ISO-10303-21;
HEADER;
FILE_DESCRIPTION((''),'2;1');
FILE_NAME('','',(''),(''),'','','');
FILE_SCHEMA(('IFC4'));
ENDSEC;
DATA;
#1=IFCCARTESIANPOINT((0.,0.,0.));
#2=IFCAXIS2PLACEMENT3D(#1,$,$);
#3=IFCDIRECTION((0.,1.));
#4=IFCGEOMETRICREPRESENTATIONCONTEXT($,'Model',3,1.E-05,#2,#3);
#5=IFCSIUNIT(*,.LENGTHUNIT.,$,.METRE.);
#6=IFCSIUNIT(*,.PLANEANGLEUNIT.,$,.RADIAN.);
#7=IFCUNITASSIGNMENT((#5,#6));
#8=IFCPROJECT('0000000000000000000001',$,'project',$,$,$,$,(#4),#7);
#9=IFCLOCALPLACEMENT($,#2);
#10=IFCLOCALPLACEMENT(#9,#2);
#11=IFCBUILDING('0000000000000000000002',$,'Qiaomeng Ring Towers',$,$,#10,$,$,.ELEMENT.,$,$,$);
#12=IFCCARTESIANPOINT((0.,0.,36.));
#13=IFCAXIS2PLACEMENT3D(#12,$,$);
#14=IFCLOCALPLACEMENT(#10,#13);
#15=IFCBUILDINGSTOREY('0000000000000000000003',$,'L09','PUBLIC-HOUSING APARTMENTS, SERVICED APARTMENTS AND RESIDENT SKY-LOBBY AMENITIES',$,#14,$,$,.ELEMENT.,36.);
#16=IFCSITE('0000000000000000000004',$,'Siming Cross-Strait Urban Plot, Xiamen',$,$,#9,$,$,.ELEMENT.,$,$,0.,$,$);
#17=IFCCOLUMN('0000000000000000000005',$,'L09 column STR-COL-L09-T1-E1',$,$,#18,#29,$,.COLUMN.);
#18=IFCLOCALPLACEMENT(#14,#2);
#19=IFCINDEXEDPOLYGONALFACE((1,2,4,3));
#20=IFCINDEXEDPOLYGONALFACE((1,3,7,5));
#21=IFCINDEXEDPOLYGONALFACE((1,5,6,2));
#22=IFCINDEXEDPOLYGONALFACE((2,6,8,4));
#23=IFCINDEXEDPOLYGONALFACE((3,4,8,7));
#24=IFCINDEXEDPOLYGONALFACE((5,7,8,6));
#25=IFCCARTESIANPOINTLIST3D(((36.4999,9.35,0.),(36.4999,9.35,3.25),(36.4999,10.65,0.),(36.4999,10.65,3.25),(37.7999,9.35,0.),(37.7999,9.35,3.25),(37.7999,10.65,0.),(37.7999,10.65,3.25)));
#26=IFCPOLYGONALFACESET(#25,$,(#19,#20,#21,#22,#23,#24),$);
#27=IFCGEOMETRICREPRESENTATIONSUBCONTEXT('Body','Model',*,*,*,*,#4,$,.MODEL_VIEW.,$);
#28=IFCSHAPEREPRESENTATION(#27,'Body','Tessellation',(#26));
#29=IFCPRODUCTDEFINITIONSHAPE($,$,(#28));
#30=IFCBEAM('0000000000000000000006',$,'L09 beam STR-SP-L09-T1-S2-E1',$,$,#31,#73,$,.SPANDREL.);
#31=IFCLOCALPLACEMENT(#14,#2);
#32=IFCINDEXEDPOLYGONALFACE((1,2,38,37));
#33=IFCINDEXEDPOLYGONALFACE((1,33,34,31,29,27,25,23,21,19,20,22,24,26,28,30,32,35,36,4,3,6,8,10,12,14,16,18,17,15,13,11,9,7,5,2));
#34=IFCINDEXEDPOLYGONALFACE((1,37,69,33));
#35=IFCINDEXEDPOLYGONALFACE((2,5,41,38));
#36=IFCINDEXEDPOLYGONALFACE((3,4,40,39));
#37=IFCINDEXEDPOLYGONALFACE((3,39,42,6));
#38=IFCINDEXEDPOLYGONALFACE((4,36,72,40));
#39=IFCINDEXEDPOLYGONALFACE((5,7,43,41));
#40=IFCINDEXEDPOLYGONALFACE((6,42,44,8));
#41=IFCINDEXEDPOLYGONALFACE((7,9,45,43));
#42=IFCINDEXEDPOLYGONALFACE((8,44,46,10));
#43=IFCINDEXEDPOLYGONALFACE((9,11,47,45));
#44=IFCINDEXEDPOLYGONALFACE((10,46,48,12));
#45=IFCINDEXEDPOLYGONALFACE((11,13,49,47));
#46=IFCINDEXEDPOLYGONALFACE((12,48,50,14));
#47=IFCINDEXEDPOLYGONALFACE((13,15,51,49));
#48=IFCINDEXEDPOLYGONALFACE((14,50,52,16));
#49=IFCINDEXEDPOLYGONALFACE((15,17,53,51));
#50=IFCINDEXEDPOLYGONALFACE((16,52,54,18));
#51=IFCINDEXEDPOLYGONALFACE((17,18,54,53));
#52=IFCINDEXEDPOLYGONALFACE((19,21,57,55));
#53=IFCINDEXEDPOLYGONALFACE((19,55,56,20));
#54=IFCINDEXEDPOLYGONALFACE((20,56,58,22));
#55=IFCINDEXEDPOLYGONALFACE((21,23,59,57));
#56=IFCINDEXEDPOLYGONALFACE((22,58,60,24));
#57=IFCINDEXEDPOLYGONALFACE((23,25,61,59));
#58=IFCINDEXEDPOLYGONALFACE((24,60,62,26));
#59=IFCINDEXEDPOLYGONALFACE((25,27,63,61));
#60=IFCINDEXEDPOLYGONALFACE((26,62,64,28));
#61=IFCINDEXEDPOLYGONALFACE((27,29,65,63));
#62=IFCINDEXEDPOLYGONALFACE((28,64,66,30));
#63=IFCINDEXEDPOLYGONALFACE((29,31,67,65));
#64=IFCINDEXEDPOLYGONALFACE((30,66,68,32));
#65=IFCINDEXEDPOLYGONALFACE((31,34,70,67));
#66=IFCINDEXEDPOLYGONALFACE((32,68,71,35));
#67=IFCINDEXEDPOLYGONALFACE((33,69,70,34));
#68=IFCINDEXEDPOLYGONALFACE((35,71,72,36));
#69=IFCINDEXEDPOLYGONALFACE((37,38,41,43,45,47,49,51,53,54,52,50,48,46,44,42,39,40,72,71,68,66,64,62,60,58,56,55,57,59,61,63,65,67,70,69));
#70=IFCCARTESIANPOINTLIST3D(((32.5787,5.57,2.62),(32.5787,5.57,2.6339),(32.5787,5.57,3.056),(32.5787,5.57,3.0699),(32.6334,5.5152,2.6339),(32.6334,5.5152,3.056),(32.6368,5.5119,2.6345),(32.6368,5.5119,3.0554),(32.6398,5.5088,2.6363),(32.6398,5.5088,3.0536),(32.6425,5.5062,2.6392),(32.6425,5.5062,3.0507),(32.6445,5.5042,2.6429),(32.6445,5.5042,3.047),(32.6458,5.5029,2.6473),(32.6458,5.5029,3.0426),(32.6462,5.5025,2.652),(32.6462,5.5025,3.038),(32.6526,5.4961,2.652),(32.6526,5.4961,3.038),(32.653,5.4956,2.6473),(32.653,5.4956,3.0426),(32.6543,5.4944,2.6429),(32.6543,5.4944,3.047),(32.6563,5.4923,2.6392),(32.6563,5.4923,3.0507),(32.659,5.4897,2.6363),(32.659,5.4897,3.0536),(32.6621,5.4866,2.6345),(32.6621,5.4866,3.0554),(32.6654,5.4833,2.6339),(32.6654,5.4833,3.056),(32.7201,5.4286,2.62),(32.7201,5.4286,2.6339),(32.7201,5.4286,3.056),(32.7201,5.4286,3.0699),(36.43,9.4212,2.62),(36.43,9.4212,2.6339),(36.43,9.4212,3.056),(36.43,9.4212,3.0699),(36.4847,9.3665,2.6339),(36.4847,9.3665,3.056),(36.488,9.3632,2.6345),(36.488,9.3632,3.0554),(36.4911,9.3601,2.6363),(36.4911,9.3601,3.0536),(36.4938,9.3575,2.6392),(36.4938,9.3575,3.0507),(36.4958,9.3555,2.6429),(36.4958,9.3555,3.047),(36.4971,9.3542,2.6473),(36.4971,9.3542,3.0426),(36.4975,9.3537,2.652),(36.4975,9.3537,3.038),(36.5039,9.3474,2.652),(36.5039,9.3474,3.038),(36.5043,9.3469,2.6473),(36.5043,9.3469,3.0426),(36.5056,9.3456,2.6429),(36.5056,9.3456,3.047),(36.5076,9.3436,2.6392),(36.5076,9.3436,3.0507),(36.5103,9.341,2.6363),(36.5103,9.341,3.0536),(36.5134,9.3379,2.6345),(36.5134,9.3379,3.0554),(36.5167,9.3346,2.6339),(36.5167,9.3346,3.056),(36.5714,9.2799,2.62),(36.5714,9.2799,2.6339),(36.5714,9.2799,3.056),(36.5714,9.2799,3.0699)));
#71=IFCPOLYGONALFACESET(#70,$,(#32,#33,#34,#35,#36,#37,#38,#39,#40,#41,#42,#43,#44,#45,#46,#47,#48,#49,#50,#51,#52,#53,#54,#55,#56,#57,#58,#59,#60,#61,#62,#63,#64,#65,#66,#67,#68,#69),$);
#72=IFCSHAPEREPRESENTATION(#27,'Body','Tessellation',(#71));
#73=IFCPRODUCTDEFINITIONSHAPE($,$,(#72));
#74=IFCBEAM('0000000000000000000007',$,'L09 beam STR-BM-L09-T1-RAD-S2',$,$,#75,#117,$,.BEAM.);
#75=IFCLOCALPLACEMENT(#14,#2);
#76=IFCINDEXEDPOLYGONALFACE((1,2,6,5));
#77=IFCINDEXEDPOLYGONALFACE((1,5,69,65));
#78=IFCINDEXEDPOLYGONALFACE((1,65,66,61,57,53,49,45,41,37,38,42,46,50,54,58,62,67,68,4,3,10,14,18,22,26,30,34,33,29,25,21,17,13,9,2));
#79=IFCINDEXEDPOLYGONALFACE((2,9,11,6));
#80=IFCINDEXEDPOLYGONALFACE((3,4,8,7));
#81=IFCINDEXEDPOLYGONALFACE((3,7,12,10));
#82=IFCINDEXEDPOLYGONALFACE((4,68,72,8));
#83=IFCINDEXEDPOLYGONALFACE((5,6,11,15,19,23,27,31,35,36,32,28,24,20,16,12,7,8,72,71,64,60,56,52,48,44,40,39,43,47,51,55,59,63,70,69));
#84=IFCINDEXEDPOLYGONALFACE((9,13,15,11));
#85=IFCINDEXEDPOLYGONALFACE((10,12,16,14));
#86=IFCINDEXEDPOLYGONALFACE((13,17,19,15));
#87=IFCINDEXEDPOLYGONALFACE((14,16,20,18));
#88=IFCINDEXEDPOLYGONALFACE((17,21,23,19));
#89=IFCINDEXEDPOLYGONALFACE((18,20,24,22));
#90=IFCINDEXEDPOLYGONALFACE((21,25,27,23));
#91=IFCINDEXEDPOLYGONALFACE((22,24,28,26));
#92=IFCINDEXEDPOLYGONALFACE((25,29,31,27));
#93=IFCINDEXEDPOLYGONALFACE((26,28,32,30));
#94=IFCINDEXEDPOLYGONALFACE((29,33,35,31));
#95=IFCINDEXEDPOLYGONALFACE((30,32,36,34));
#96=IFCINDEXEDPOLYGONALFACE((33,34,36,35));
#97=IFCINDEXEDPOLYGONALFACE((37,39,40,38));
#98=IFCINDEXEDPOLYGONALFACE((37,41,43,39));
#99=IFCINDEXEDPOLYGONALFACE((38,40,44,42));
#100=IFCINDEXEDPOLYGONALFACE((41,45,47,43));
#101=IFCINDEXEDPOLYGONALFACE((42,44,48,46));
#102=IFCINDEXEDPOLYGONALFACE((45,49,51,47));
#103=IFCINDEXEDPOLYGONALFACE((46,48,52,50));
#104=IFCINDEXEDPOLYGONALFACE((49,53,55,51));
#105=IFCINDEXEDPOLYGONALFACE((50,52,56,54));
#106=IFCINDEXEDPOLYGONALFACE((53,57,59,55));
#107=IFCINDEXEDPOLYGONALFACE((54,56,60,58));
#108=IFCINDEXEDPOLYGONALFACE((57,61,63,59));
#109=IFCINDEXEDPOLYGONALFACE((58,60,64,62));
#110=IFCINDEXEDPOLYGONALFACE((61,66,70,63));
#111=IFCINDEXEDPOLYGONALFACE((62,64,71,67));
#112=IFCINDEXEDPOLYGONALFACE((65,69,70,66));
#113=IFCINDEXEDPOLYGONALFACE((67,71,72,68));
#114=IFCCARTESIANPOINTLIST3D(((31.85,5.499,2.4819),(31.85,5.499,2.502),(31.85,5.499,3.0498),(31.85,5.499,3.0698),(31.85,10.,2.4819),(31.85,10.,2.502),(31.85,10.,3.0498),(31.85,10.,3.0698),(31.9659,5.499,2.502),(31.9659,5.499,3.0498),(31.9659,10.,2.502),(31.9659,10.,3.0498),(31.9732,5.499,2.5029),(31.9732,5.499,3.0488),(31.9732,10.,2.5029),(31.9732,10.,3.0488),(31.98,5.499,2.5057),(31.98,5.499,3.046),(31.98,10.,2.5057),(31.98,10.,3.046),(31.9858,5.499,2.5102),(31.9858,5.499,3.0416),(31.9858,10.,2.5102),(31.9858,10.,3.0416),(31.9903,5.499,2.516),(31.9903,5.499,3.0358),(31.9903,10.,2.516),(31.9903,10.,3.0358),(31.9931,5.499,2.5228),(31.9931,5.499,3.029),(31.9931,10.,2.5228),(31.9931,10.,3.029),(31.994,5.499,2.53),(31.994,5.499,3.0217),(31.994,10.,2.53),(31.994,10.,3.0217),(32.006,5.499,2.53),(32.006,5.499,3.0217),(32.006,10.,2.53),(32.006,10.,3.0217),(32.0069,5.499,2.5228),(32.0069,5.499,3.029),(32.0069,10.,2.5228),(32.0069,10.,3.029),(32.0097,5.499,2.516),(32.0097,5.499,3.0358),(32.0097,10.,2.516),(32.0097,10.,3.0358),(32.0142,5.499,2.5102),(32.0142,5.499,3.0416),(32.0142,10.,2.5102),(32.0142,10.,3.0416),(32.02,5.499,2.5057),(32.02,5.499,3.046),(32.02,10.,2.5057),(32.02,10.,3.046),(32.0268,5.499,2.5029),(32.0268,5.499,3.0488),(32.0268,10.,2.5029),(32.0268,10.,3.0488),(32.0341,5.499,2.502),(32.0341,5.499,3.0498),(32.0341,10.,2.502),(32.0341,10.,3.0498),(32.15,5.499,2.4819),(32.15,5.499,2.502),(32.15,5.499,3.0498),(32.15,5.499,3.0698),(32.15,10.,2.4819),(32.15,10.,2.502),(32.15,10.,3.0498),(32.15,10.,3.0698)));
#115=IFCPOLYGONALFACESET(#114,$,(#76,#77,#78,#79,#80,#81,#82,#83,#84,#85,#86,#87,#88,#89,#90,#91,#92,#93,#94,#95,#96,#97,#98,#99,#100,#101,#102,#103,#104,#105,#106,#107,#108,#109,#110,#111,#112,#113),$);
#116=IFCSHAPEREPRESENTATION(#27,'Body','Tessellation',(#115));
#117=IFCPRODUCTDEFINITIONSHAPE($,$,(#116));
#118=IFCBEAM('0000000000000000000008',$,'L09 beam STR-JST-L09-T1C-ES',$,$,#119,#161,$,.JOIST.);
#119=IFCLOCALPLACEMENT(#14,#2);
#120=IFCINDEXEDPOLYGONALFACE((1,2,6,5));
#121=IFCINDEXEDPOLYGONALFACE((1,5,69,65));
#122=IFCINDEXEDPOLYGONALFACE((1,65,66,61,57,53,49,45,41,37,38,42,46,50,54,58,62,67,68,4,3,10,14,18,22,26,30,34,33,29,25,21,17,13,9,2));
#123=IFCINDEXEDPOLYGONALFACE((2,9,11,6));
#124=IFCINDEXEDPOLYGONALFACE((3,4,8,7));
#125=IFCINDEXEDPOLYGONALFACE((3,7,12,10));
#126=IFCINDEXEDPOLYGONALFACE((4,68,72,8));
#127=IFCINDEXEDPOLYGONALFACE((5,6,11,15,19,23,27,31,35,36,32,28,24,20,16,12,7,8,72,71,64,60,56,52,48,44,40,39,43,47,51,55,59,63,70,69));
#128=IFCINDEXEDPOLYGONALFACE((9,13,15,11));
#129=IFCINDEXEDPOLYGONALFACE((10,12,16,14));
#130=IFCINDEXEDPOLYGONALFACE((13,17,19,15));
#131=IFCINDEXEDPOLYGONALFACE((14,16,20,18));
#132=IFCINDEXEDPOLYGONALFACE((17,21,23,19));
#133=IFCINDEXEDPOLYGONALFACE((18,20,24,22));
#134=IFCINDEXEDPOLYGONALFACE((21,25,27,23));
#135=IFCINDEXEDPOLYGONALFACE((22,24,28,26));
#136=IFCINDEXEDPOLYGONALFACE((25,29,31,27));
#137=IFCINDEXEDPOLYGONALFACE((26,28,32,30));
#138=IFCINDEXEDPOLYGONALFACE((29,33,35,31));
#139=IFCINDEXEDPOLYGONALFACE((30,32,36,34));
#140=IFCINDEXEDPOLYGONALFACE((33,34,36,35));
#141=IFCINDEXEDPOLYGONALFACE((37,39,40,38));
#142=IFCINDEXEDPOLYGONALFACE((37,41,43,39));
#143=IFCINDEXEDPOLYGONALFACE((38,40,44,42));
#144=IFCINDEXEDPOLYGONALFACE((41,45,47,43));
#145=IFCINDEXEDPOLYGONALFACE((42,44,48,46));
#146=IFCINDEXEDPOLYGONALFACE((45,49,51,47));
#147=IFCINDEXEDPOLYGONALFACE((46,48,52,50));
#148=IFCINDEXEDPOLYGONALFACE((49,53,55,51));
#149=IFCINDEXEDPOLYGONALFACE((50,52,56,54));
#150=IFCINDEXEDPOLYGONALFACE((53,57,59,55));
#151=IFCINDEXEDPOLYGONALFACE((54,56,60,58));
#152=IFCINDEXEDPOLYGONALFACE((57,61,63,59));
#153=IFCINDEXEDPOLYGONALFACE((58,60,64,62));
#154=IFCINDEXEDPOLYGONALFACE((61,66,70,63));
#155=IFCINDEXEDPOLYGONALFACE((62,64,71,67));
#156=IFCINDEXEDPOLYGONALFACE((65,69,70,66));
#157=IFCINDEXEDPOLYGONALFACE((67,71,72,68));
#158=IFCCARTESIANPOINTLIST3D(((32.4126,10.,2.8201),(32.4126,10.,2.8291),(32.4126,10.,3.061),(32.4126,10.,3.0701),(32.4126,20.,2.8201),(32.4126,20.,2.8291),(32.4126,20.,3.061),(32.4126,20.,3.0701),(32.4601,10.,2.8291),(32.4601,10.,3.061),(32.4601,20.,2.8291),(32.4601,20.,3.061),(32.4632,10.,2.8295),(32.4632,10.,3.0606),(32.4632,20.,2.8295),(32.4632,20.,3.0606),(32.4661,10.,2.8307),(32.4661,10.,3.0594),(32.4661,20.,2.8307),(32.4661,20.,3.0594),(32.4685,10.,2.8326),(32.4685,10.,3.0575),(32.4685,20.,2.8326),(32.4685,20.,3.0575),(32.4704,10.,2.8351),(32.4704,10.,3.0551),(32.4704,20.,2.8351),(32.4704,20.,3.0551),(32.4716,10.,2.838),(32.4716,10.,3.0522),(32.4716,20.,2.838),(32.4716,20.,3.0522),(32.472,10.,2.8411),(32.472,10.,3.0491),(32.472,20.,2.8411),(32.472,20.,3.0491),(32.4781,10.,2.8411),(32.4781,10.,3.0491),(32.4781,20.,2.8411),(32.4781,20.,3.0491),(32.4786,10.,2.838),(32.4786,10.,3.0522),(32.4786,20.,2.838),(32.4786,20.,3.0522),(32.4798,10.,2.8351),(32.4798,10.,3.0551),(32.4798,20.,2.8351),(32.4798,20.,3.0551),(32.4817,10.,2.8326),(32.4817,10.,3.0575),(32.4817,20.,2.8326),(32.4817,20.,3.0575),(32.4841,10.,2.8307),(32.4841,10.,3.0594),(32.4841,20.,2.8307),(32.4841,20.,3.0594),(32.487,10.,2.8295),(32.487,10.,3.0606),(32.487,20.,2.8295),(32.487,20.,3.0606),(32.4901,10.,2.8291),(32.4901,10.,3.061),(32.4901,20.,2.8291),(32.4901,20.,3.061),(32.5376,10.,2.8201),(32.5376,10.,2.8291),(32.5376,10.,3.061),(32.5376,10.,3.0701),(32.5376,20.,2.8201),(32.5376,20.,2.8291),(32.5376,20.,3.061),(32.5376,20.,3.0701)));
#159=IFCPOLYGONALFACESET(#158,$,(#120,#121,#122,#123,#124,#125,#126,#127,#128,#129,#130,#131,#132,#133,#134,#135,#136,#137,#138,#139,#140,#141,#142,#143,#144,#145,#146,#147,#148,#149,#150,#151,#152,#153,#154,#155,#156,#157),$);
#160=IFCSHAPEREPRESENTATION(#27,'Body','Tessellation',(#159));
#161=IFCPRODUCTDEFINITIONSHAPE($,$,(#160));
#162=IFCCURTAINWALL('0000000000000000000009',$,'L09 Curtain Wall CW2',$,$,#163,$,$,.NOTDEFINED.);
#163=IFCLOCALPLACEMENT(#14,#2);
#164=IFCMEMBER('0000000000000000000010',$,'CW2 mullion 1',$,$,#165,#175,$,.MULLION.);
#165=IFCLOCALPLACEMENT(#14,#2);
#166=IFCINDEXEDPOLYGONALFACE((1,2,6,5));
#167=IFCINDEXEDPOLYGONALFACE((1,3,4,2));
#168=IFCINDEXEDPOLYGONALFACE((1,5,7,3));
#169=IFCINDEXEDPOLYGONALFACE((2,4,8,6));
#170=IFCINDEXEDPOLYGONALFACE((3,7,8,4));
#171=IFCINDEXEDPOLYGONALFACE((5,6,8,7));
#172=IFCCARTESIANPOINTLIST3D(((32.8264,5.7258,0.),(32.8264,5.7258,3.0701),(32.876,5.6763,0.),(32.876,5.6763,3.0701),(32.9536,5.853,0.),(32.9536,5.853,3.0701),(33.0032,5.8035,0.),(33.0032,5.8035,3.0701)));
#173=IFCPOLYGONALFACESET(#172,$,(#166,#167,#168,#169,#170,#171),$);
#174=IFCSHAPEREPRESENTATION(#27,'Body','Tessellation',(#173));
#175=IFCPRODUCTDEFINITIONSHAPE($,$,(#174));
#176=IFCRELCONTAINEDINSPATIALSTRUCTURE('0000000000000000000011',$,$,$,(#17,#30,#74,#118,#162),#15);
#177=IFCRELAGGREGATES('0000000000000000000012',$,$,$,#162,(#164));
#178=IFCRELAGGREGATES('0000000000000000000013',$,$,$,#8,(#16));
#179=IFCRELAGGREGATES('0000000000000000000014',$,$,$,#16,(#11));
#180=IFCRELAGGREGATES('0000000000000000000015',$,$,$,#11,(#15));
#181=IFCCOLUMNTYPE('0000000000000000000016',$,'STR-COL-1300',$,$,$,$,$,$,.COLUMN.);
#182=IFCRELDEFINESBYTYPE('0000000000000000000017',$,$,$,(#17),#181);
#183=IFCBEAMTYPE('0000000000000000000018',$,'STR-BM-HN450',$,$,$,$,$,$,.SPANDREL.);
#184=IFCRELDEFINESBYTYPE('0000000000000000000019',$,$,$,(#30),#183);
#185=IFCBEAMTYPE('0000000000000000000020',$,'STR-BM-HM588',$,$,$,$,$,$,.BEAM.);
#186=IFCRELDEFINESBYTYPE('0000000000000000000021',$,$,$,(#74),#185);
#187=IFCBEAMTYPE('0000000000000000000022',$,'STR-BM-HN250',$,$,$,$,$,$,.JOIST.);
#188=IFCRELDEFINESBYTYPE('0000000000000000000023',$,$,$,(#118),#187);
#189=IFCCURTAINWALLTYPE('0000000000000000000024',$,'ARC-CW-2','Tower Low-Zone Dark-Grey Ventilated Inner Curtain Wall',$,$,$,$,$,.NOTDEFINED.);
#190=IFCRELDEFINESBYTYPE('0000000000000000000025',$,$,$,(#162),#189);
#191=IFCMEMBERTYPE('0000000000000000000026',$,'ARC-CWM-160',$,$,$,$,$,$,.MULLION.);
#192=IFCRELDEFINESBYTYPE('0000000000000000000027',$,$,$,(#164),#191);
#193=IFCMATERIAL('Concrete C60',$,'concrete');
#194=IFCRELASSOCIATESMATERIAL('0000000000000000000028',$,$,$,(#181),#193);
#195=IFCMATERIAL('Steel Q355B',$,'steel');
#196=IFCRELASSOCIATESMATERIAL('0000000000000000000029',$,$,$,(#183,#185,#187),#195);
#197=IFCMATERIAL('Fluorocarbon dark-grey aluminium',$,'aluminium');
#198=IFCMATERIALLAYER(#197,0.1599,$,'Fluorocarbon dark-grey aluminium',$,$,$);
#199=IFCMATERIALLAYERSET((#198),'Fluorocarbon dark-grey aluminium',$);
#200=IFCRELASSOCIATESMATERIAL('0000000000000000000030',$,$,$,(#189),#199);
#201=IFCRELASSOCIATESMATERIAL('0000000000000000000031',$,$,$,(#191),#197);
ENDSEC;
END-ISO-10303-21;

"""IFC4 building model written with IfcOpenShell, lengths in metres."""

from ifc_helpers import new_model, si_unit, direction, frame, origin, origin_2d, place, context, subcontext, project, spatial, rectangle, i_section, extrude, source, transform, mapped, material, layer, layer_set, material_profile, profile_set, type_object, element, aggregate, save


model = new_model("IFC4")

# Units and contexts
model_context = context("Model", 3, precision=1e-05, world=origin(), true_north=direction((0.0, 1.0)))
body_context = subcontext(model_context, "Body", "Model", "MODEL_VIEW")
ifc_project = project(units=[si_unit("LENGTHUNIT", "METRE"), si_unit("PLANEANGLEUNIT", "RADIAN")], contexts=[model_context])

# Site, building, storey
site_placement = place(None, origin())
site = spatial("IfcSite", under=ifc_project, at=site_placement, Name="Siming Cross-Strait Urban Plot, Xiamen", CompositionType="ELEMENT", RefElevation=0.0)
building_placement = place(site_placement, origin())
building = spatial("IfcBuilding", under=site, at=building_placement, Name="Qiaomeng Ring Towers", CompositionType="ELEMENT")
storey_placement = place(building_placement, frame((0.0, 0.0, 36.0)))
storey = spatial("IfcBuildingStorey", under=building, at=storey_placement, Name="L09", Description="PUBLIC-HOUSING APARTMENTS, SERVICED APARTMENTS AND RESIDENT SKY-LOBBY AMENITIES", CompositionType="ELEMENT", Elevation=36.0)

# Column
ifc_material_1 = material(Name="Concrete C60", Category="concrete")
ifc_material_profile_1 = material_profile(ifc_material_1, rectangle(XDim=1.3, YDim=1.3, at=origin_2d()), Name="RC COL 1300x1300")
ifc_profile_set_1 = profile_set([ifc_material_profile_1], Name="Concrete C60")
column_type = type_object("IfcColumnType", Name="STR-COL-1300", PredefinedType="COLUMN", material=ifc_profile_set_1)
shared_shape_1 = source(origin(), body_context, "Body", "SweptSolid", [
    extrude(rectangle(XDim=1.3, YDim=1.3, at=origin_2d()), origin(), (0.0, 0.0, 1.0), 3.25),
])
column_placement = place(storey_placement, frame((37.1499, 10.0, 0.0), z_axis=(0.0, 0.0, 1.0), x_axis=(1.0, 0.0, 0.0)))
element("IfcColumn", 1, at=column_placement, inside=storey, type_object=column_type, Name="L09 column STR-COL-L09-T1-E1", PredefinedType="COLUMN", context=body_context, shape_type="MappedRepresentation", body=[
    mapped(shared_shape_1, transform((0.0, 0.0, 0.0), x_axis=(1.0, 0.0, 0.0), y_axis=(0.0, 1.0, 0.0), z_axis=(0.0, 0.0, 1.0), scale=1.0)),
])

# Beams
ifc_material_2 = material(Name="Steel Q355B", Category="steel")
ifc_material_profile_2 = material_profile(ifc_material_2, i_section(OverallWidth=0.2, OverallDepth=0.45, WebThickness=0.009, FlangeThickness=0.0139, FilletRadius=0.0181, at=origin_2d()), Name="HN 450x200x9x14")
ifc_profile_set_2 = profile_set([ifc_material_profile_2], Name="Steel Q355B")
beam_type_1 = type_object("IfcBeamType", Name="STR-BM-HN450", PredefinedType="SPANDREL", material=ifc_profile_set_2)
shared_shape_2 = source(origin(), body_context, "Body", "SweptSolid", [
    extrude(i_section(OverallWidth=0.2, OverallDepth=0.45, WebThickness=0.009, FlangeThickness=0.0139, FilletRadius=0.0181, at=origin_2d()), origin(), (0.0, 0.0, 1.0), 5.4465),
])
beam_1_placement = place(storey_placement, frame((32.6494, 5.4993, 2.845), z_axis=(0.707107, 0.707107, 0.0), x_axis=(-0.707107, 0.707107, 0.0)))
element("IfcBeam", 2, at=beam_1_placement, inside=storey, type_object=beam_type_1, Name="L09 beam STR-SP-L09-T1-S2-E1", PredefinedType="SPANDREL", context=body_context, shape_type="MappedRepresentation", body=[
    mapped(shared_shape_2, transform((0.0, 0.0, 0.0), x_axis=(1.0, 0.0, 0.0), y_axis=(0.0, 1.0, 0.0), z_axis=(0.0, 0.0, 1.0), scale=1.0)),
])
ifc_material_profile_3 = material_profile(ifc_material_2, i_section(OverallWidth=0.3, OverallDepth=0.5879, WebThickness=0.012, FlangeThickness=0.02, FilletRadius=0.0281, at=origin_2d()), Name="HM 588x300x12x20")
ifc_profile_set_3 = profile_set([ifc_material_profile_3], Name="Steel Q355B")
beam_type_2 = type_object("IfcBeamType", Name="STR-BM-HM588", PredefinedType="BEAM", material=ifc_profile_set_3)
shared_shape_3 = source(origin(), body_context, "Body", "SweptSolid", [
    extrude(i_section(OverallWidth=0.3, OverallDepth=0.5879, WebThickness=0.012, FlangeThickness=0.02, FilletRadius=0.0281, at=origin_2d()), origin(), (0.0, 0.0, 1.0), 4.501),
])
beam_2_placement = place(storey_placement, frame((32.0, 5.499, 2.7759), z_axis=(0.0, 1.0, 0.0), x_axis=(-1.0, 0.0, 0.0)))
element("IfcBeam", 3, at=beam_2_placement, inside=storey, type_object=beam_type_2, Name="L09 beam STR-BM-L09-T1-RAD-S2", PredefinedType="BEAM", context=body_context, shape_type="MappedRepresentation", body=[
    mapped(shared_shape_3, transform((0.0, 0.0, 0.0), x_axis=(1.0, 0.0, 0.0), y_axis=(0.0, 1.0, 0.0), z_axis=(0.0, 0.0, 1.0), scale=1.0)),
])
ifc_material_profile_4 = material_profile(ifc_material_2, i_section(OverallWidth=0.125, OverallDepth=0.25, WebThickness=0.0061, FlangeThickness=0.009, FilletRadius=0.012, at=origin_2d()), Name="HN 250x125x6x9")
ifc_profile_set_4 = profile_set([ifc_material_profile_4], Name="Steel Q355B")
beam_type_3 = type_object("IfcBeamType", Name="STR-BM-HN250", PredefinedType="JOIST", material=ifc_profile_set_4)
shared_shape_4 = source(origin(), body_context, "Body", "SweptSolid", [
    extrude(i_section(OverallWidth=0.125, OverallDepth=0.25, WebThickness=0.0061, FlangeThickness=0.009, FilletRadius=0.012, at=origin_2d()), origin(), (0.0, 0.0, 1.0), 10.0),
])
beam_3_placement = place(storey_placement, frame((32.4751, 10.0, 2.9451), z_axis=(0.0, 1.0, 0.0), x_axis=(-1.0, 0.0, 0.0)))
element("IfcBeam", 4, at=beam_3_placement, inside=storey, type_object=beam_type_3, Name="L09 beam STR-JST-L09-T1C-ES", PredefinedType="JOIST", context=body_context, shape_type="MappedRepresentation", body=[
    mapped(shared_shape_4, transform((0.0, 0.0, 0.0), x_axis=(1.0, 0.0, 0.0), y_axis=(0.0, 1.0, 0.0), z_axis=(0.0, 0.0, 1.0), scale=1.0)),
])

# Curtain wall, member
ifc_material_3 = material(Name="Fluorocarbon dark-grey aluminium", Category="aluminium")
ifc_layer_1 = layer(ifc_material_3, 0.1599, Name="Fluorocarbon dark-grey aluminium")
ifc_layer_set_1 = layer_set([ifc_layer_1], Name="Fluorocarbon dark-grey aluminium")
curtain_wall_type = type_object("IfcCurtainWallType", Name="ARC-CW-2", Description="Tower Low-Zone Dark-Grey Ventilated Inner Curtain Wall", PredefinedType="NOTDEFINED", material=ifc_layer_set_1)
curtain_wall_placement = place(storey_placement, origin())
curtain_wall = element("IfcCurtainWall", 5, at=curtain_wall_placement, inside=storey, type_object=curtain_wall_type, Name="L09 Curtain Wall CW2", PredefinedType="NOTDEFINED")
ifc_material_profile_5 = material_profile(ifc_material_3, rectangle(XDim=0.0701, YDim=0.1799, at=origin_2d()), Name="ALU MULL 70x180")
ifc_profile_set_5 = profile_set([ifc_material_profile_5], Name="Fluorocarbon dark-grey aluminium")
member_type_1 = type_object("IfcMemberType", Name="ARC-CWM-160", PredefinedType="MULLION", material=ifc_profile_set_5)
shared_shape_5 = source(origin(), body_context, "Body", "SweptSolid", [
    extrude(rectangle(XDim=0.0701, YDim=0.1799, at=origin_2d()), origin(), (0.0, 0.0, 1.0), 3.0701),
])
member_1_placement = place(storey_placement, frame((32.9148, 5.7646, 0.0), z_axis=(0.0, 0.0, 1.0), x_axis=(-0.707107, 0.707107, 0.0)))
member_1 = element("IfcMember", 6, at=member_1_placement, type_object=member_type_1, Name="CW2 mullion 1", PredefinedType="MULLION", context=body_context, shape_type="MappedRepresentation", body=[
    mapped(shared_shape_5, transform((0.0, 0.0, 0.0), x_axis=(1.0, 0.0, 0.0), y_axis=(0.0, 1.0, 0.0), z_axis=(0.0, 0.0, 1.0), scale=1.0)),
])
aggregate(curtain_wall, [member_1])

save(model, "model.ifc")
